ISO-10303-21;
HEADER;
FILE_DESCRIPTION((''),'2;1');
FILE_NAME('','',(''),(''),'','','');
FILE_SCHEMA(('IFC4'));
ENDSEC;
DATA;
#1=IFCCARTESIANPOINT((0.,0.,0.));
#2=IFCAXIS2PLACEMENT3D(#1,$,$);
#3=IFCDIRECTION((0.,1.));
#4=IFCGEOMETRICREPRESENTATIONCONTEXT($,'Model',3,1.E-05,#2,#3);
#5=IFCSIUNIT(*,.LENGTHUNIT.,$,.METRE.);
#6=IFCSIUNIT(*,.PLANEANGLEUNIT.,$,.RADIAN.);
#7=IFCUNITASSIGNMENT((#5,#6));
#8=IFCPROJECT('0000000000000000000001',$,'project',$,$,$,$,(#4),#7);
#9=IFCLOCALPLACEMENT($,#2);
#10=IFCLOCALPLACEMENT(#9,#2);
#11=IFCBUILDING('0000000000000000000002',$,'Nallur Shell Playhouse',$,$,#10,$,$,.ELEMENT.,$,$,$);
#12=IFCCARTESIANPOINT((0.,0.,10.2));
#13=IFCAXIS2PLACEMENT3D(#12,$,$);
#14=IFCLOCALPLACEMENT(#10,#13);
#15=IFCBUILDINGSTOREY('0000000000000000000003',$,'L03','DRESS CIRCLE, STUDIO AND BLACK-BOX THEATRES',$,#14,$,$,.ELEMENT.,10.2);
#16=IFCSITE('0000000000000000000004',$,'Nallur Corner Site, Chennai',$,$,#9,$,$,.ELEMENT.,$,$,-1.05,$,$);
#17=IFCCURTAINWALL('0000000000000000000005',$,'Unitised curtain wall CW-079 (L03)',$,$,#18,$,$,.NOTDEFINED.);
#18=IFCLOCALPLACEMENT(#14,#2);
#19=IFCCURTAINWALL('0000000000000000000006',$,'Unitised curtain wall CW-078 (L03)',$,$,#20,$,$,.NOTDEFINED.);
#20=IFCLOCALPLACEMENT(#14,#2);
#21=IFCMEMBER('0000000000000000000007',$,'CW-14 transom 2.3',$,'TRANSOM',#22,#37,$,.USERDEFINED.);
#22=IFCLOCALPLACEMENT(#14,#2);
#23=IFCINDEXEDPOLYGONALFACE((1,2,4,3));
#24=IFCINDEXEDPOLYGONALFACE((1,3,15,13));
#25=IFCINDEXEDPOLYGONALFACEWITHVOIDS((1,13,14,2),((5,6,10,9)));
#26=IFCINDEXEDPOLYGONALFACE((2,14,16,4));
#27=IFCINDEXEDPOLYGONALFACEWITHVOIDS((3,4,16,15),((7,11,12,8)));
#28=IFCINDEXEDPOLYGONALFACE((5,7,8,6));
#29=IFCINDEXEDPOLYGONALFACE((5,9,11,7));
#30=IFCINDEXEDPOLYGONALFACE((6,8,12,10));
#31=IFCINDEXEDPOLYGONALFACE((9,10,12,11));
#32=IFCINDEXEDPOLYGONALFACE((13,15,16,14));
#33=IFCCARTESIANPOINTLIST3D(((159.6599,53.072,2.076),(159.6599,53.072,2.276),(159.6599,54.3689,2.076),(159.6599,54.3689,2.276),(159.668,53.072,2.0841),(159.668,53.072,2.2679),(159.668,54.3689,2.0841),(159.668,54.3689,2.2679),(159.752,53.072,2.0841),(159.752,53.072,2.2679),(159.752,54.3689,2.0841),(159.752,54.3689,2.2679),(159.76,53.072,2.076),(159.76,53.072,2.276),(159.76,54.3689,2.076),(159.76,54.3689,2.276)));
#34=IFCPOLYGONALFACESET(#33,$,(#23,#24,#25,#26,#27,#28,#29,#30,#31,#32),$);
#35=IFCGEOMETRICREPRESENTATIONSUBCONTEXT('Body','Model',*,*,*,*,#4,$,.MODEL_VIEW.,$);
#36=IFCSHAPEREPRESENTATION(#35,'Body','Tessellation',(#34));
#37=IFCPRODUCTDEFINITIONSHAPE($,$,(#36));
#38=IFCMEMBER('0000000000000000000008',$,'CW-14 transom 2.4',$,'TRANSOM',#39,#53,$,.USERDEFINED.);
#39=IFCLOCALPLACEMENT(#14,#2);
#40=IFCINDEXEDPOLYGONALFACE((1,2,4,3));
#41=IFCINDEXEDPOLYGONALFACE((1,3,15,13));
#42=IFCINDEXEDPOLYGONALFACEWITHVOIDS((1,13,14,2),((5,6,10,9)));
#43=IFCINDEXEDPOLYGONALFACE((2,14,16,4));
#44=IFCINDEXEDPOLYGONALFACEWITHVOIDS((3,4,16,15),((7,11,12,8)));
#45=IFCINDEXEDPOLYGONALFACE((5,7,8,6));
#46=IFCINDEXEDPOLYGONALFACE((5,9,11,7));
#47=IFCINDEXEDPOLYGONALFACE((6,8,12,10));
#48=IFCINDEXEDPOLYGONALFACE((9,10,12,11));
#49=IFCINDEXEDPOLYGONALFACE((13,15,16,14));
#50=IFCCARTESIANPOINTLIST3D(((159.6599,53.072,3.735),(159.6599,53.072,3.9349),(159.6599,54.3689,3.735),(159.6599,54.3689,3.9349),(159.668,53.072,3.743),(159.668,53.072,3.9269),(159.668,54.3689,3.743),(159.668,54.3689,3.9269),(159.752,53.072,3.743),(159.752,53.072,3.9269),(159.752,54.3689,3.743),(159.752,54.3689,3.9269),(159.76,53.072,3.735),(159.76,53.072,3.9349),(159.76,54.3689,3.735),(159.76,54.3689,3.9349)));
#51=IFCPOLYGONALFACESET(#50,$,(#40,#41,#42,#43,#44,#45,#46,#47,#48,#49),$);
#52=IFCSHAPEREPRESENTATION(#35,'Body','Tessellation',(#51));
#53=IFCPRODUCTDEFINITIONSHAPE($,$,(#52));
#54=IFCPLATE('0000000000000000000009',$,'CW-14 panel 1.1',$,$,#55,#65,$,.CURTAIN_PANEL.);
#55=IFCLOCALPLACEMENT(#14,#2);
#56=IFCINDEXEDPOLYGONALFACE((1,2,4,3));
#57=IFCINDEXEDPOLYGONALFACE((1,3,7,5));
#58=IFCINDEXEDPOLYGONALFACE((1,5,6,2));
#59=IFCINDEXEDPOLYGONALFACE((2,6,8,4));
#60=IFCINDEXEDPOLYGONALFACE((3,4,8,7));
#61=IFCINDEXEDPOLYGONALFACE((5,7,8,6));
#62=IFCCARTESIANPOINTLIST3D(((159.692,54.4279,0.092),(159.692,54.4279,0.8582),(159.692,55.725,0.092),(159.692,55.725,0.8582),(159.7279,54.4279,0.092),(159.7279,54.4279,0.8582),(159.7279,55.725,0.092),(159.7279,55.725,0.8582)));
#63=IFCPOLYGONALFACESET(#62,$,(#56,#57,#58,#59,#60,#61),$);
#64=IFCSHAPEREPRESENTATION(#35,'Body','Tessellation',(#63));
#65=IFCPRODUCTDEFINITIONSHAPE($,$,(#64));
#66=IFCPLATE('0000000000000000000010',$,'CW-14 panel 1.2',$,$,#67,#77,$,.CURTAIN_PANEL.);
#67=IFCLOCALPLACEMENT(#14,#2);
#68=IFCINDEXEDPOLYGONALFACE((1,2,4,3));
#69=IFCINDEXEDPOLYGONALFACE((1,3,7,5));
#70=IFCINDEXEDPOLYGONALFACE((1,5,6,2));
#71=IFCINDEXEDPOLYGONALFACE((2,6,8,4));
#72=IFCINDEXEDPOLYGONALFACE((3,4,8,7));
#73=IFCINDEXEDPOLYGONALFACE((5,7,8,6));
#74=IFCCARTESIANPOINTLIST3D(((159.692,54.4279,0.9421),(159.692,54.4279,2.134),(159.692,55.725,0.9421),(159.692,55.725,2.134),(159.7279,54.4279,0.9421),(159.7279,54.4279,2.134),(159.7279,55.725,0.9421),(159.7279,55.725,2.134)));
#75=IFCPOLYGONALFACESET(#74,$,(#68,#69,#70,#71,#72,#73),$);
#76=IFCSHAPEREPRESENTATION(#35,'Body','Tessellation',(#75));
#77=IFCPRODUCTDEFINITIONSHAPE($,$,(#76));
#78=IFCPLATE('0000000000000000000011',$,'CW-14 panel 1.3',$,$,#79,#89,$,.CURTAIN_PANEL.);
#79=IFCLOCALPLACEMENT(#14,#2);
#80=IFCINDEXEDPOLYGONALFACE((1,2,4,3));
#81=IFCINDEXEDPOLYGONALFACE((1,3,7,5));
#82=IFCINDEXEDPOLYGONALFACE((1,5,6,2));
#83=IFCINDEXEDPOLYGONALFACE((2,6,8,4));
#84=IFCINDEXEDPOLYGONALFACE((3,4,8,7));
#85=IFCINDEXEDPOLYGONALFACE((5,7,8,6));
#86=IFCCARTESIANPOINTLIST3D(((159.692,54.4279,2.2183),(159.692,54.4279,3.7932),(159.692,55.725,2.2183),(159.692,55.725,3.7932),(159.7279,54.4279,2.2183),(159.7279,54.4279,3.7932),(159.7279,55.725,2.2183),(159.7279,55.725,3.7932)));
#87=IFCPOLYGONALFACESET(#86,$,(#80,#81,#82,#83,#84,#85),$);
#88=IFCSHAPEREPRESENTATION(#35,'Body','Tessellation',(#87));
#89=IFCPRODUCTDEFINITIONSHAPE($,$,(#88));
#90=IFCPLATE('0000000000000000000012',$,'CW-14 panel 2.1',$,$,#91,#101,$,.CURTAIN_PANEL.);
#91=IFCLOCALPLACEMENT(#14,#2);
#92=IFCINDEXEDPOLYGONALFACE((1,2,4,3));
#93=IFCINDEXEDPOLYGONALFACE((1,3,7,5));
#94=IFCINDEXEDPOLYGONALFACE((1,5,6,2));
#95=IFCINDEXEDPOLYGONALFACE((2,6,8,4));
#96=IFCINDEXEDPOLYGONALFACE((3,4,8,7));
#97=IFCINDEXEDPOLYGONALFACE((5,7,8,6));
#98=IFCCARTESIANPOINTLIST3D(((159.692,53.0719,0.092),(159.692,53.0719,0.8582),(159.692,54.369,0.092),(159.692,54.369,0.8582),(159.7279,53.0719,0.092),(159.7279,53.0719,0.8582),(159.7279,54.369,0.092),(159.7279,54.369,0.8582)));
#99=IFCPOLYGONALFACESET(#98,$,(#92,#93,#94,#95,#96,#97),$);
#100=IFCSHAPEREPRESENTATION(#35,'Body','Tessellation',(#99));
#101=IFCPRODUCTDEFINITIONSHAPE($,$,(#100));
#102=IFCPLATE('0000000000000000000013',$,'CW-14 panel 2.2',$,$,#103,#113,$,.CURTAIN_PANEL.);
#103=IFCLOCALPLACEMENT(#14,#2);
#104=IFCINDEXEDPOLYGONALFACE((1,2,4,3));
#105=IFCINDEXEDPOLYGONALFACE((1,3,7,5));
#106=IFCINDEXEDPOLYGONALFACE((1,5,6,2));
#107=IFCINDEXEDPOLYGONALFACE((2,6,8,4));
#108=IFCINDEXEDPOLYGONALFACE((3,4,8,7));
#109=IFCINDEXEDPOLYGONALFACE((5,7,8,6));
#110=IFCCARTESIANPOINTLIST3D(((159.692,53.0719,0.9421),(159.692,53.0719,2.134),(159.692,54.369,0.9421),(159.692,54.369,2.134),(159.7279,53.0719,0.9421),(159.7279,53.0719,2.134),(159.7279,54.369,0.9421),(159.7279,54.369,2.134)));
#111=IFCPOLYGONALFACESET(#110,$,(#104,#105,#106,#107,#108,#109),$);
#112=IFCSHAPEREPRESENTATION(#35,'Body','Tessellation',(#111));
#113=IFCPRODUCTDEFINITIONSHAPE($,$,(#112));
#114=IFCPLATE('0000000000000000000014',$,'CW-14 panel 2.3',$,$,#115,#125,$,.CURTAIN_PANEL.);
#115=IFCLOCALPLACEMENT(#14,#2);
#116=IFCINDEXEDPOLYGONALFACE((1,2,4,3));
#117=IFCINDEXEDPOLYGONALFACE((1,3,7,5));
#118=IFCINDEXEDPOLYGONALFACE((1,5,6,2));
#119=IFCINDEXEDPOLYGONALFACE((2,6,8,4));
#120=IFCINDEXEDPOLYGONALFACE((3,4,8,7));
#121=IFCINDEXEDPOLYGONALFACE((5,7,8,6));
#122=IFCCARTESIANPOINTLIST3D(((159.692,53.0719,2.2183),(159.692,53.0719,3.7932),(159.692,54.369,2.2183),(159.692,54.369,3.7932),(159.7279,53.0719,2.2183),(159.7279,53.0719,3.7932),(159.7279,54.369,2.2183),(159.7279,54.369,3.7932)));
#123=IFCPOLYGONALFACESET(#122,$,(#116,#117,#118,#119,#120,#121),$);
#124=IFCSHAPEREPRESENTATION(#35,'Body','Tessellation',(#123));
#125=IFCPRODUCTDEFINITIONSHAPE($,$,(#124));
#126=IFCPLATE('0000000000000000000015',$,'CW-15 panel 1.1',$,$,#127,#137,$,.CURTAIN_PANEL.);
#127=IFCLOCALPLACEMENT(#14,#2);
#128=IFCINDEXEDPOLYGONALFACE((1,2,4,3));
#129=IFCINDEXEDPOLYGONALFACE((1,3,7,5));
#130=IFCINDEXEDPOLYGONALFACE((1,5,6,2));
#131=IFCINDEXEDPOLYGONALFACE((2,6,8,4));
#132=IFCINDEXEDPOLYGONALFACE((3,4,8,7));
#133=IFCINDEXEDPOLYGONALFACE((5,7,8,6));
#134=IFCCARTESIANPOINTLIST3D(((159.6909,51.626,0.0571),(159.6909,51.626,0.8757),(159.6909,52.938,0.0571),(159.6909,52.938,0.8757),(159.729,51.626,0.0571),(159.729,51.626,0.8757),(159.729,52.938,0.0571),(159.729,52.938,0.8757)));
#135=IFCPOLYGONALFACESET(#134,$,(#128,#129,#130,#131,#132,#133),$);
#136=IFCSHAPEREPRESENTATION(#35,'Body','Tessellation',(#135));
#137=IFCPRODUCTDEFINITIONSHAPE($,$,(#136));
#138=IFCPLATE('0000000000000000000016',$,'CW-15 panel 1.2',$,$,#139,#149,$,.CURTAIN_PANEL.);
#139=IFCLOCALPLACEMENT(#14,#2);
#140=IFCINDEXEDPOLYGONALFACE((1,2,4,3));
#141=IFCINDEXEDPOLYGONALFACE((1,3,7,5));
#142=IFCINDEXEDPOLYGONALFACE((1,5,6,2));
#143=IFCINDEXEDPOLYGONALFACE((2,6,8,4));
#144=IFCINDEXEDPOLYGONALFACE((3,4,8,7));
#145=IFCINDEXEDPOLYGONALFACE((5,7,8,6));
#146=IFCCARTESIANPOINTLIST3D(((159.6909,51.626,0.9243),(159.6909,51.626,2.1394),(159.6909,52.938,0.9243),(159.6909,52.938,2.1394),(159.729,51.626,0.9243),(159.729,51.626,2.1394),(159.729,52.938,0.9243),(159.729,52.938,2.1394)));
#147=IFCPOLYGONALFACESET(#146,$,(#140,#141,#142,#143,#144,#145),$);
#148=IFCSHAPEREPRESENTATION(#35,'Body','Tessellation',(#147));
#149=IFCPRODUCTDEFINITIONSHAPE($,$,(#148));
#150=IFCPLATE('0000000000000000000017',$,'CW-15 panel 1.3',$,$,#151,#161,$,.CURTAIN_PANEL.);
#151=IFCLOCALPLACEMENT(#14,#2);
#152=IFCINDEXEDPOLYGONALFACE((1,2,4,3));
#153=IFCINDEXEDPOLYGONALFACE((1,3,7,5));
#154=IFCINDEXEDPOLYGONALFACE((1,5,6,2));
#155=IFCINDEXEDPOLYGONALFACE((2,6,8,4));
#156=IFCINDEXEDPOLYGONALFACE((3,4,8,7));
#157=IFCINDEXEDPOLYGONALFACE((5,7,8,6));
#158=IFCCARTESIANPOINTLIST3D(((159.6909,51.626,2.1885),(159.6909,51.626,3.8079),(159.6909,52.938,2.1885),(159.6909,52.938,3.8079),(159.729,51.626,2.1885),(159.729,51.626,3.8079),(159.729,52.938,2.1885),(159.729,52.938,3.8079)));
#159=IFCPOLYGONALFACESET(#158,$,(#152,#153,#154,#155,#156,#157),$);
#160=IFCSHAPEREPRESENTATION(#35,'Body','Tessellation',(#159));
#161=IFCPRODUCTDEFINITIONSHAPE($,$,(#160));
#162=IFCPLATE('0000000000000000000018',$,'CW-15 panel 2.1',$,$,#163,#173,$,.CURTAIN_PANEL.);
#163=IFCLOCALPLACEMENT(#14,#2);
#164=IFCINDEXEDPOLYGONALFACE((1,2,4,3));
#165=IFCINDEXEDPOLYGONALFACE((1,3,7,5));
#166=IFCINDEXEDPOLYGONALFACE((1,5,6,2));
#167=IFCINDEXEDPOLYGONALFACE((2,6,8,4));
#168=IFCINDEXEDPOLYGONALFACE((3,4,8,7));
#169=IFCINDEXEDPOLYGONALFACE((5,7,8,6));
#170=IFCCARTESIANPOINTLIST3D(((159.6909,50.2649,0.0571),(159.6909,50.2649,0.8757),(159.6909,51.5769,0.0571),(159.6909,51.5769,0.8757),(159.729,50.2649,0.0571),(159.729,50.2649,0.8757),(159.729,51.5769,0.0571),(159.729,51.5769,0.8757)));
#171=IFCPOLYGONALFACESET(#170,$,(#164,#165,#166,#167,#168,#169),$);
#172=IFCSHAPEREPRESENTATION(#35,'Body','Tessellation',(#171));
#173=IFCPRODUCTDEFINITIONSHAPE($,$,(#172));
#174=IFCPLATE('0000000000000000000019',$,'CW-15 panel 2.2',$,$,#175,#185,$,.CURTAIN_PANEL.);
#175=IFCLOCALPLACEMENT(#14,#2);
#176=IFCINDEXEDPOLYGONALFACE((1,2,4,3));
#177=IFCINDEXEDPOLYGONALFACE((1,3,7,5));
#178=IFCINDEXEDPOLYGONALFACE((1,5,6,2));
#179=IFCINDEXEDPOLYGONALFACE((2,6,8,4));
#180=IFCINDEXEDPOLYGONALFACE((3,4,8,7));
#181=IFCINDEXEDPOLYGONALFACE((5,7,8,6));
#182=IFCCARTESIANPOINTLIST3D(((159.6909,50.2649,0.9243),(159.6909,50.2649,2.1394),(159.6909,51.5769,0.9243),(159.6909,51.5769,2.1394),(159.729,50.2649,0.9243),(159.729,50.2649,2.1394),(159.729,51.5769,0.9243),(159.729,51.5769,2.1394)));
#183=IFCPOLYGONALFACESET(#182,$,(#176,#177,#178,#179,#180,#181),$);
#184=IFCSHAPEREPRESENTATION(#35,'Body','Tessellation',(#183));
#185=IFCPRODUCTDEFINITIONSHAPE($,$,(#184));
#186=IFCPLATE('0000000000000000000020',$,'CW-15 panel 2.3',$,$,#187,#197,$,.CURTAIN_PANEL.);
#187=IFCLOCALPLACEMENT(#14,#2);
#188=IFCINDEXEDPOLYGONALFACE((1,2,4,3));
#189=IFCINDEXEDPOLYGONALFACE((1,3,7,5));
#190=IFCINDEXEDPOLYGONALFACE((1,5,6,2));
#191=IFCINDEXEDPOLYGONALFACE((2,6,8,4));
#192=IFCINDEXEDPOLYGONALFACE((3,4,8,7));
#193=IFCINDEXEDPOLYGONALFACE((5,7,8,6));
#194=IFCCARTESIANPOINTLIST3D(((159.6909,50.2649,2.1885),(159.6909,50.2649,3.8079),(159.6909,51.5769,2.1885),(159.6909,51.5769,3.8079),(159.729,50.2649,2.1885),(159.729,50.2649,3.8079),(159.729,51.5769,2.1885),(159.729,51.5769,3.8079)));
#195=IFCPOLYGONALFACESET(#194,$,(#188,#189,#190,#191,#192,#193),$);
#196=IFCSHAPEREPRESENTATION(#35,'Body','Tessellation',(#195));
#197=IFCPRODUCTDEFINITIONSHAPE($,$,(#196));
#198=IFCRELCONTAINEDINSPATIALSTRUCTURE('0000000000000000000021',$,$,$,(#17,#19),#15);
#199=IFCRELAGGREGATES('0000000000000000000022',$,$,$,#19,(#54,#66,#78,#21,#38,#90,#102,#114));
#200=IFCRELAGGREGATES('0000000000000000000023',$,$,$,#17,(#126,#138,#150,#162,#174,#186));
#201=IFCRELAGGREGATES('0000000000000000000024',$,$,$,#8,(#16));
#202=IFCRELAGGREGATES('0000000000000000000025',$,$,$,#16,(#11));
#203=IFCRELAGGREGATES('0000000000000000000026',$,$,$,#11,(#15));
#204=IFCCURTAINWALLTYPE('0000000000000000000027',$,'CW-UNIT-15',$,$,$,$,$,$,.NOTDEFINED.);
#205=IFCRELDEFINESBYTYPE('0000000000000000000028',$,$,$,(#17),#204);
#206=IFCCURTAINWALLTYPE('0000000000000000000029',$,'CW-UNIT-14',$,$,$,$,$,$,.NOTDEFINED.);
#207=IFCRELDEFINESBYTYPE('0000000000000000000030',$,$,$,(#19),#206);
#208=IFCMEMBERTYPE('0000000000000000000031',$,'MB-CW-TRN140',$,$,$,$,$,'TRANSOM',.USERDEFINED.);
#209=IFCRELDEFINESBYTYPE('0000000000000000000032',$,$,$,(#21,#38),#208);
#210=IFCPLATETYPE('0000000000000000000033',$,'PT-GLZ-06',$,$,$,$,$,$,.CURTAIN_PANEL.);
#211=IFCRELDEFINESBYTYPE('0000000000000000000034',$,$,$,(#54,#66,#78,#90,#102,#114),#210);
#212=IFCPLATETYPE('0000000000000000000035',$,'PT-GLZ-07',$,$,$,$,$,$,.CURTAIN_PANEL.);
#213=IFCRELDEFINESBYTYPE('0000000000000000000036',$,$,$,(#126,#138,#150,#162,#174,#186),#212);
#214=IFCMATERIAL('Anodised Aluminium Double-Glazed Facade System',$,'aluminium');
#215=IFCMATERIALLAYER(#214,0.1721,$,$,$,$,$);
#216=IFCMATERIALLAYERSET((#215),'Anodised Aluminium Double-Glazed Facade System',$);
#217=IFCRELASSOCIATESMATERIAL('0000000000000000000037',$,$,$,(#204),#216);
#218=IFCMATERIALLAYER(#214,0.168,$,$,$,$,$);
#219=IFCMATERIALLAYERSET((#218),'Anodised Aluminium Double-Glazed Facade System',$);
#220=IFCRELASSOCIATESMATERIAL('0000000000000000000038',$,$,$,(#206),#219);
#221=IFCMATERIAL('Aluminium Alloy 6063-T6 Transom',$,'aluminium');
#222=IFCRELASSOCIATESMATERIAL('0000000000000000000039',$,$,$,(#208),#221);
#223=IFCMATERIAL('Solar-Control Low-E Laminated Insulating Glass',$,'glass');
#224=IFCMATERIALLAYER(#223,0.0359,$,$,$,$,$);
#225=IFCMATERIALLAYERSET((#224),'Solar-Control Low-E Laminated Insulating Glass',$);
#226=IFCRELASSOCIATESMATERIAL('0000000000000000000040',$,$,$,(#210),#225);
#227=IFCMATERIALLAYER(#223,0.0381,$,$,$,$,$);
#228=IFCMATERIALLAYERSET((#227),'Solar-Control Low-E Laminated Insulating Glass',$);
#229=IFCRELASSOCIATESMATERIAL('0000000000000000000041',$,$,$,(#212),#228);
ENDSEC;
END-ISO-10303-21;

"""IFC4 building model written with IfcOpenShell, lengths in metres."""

from ifc_helpers import new_model, si_unit, direction, frame, origin, origin_2d, place, context, subcontext, project, spatial, rectangle, hollow_rectangle, extrude, material, layer, layer_set, material_profile, profile_set, type_object, element, aggregate, save


model = new_model("IFC4")

# Units and contexts
model_context = context("Model", 3, precision=1e-05, world=origin(), true_north=direction((0.0, 1.0)))
body_context = subcontext(model_context, "Body", "Model", "MODEL_VIEW")
ifc_project = project(units=[si_unit("LENGTHUNIT", "METRE"), si_unit("PLANEANGLEUNIT", "RADIAN")], contexts=[model_context])

# Site, building, storey
site_placement = place(None, origin())
site = spatial("IfcSite", under=ifc_project, at=site_placement, Name="Nallur Corner Site, Chennai", CompositionType="ELEMENT", RefElevation=-1.05)
building_placement = place(site_placement, origin())
building = spatial("IfcBuilding", under=site, at=building_placement, Name="Nallur Shell Playhouse", CompositionType="ELEMENT")
storey_placement = place(building_placement, frame((0.0, 0.0, 10.2)))
storey = spatial("IfcBuildingStorey", under=building, at=storey_placement, Name="L03", Description="DRESS CIRCLE, STUDIO AND BLACK-BOX THEATRES", CompositionType="ELEMENT", Elevation=10.2)

# Curtain walls
ifc_material_1 = material(Name="Anodised Aluminium Double-Glazed Facade System", Category="aluminium")
ifc_layer_1 = layer(ifc_material_1, 0.1721)
ifc_layer_set_1 = layer_set([ifc_layer_1], Name="Anodised Aluminium Double-Glazed Facade System")
curtain_wall_type_1 = type_object("IfcCurtainWallType", Name="CW-UNIT-15", PredefinedType="NOTDEFINED", material=ifc_layer_set_1)
curtain_wall_1_placement = place(storey_placement, origin())
curtain_wall_1 = element("IfcCurtainWall", 1, at=curtain_wall_1_placement, inside=storey, type_object=curtain_wall_type_1, Name="Unitised curtain wall CW-079 (L03)", PredefinedType="NOTDEFINED")
ifc_layer_2 = layer(ifc_material_1, 0.168)
ifc_layer_set_2 = layer_set([ifc_layer_2], Name="Anodised Aluminium Double-Glazed Facade System")
curtain_wall_type_2 = type_object("IfcCurtainWallType", Name="CW-UNIT-14", PredefinedType="NOTDEFINED", material=ifc_layer_set_2)
curtain_wall_2_placement = place(storey_placement, origin())
curtain_wall_2 = element("IfcCurtainWall", 2, at=curtain_wall_2_placement, inside=storey, type_object=curtain_wall_type_2, Name="Unitised curtain wall CW-078 (L03)", PredefinedType="NOTDEFINED")

# Members
ifc_material_2 = material(Name="Aluminium Alloy 6063-T6 Transom", Category="aluminium")
ifc_material_profile_1 = material_profile(ifc_material_2, hollow_rectangle(XDim=0.1001, YDim=0.2, WallThickness=0.0081, at=origin_2d()), Name="RHS 200x100x8")
ifc_profile_set_1 = profile_set([ifc_material_profile_1], Name="Aluminium Alloy 6063-T6 Transom")
member_type_1 = type_object("IfcMemberType", Name="MB-CW-TRN140", ElementType="TRANSOM", PredefinedType="USERDEFINED", material=ifc_profile_set_1)
member_1_placement = place(storey_placement, frame((159.71, 54.3689, 2.176), z_axis=(0.0, -1.0, 0.0), x_axis=(1.0, 0.0, 0.0)))
member_1 = element("IfcMember", 3, at=member_1_placement, type_object=member_type_1, Name="CW-14 transom 2.3", ObjectType="TRANSOM", PredefinedType="USERDEFINED", context=body_context, shape_type="SweptSolid", body=[
    extrude(hollow_rectangle(XDim=0.1001, YDim=0.2, WallThickness=0.0081, at=origin_2d()), origin(), (0.0, 0.0, 1.0), 1.2969),
])
member_2_placement = place(storey_placement, frame((159.71, 54.3689, 3.835), z_axis=(0.0, -1.0, 0.0), x_axis=(1.0, 0.0, 0.0)))
member_2 = element("IfcMember", 4, at=member_2_placement, type_object=member_type_1, Name="CW-14 transom 2.4", ObjectType="TRANSOM", PredefinedType="USERDEFINED", context=body_context, shape_type="SweptSolid", body=[
    extrude(hollow_rectangle(XDim=0.1001, YDim=0.2, WallThickness=0.0081, at=origin_2d()), origin(), (0.0, 0.0, 1.0), 1.2969),
])

# Plates
ifc_material_3 = material(Name="Solar-Control Low-E Laminated Insulating Glass", Category="glass")
ifc_layer_3 = layer(ifc_material_3, 0.0359)
ifc_layer_set_3 = layer_set([ifc_layer_3], Name="Solar-Control Low-E Laminated Insulating Glass")
plate_type_1 = type_object("IfcPlateType", Name="PT-GLZ-06", PredefinedType="CURTAIN_PANEL", material=ifc_layer_set_3)
plate_1_placement = place(storey_placement, frame((159.71, 55.0764, 0.092), z_axis=(0.0, 0.0, 1.0), x_axis=(0.0, -1.0, 0.0)))
plate_1 = element("IfcPlate", 5, at=plate_1_placement, type_object=plate_type_1, Name="CW-14 panel 1.1", PredefinedType="CURTAIN_PANEL", context=body_context, shape_type="SweptSolid", body=[
    extrude(rectangle(XDim=1.2971, YDim=0.0359, at=origin_2d()), origin(), (0.0, 0.0, 1.0), 0.7661),
])
plate_2_placement = place(storey_placement, frame((159.71, 55.0764, 0.9421), z_axis=(0.0, 0.0, 1.0), x_axis=(0.0, -1.0, 0.0)))
plate_2 = element("IfcPlate", 6, at=plate_2_placement, type_object=plate_type_1, Name="CW-14 panel 1.2", PredefinedType="CURTAIN_PANEL", context=body_context, shape_type="SweptSolid", body=[
    extrude(rectangle(XDim=1.2971, YDim=0.0359, at=origin_2d()), origin(), (0.0, 0.0, 1.0), 1.1919),
])
plate_3_placement = place(storey_placement, frame((159.71, 55.0764, 2.2183), z_axis=(0.0, 0.0, 1.0), x_axis=(0.0, -1.0, 0.0)))
plate_3 = element("IfcPlate", 7, at=plate_3_placement, type_object=plate_type_1, Name="CW-14 panel 1.3", PredefinedType="CURTAIN_PANEL", context=body_context, shape_type="SweptSolid", body=[
    extrude(rectangle(XDim=1.2971, YDim=0.0359, at=origin_2d()), origin(), (0.0, 0.0, 1.0), 1.575),
])
plate_4_placement = place(storey_placement, frame((159.71, 53.7205, 0.092), z_axis=(0.0, 0.0, 1.0), x_axis=(0.0, -1.0, 0.0)))
plate_4 = element("IfcPlate", 8, at=plate_4_placement, type_object=plate_type_1, Name="CW-14 panel 2.1", PredefinedType="CURTAIN_PANEL", context=body_context, shape_type="SweptSolid", body=[
    extrude(rectangle(XDim=1.2971, YDim=0.0359, at=origin_2d()), origin(), (0.0, 0.0, 1.0), 0.7661),
])
plate_5_placement = place(storey_placement, frame((159.71, 53.7205, 0.9421), z_axis=(0.0, 0.0, 1.0), x_axis=(0.0, -1.0, 0.0)))
plate_5 = element("IfcPlate", 9, at=plate_5_placement, type_object=plate_type_1, Name="CW-14 panel 2.2", PredefinedType="CURTAIN_PANEL", context=body_context, shape_type="SweptSolid", body=[
    extrude(rectangle(XDim=1.2971, YDim=0.0359, at=origin_2d()), origin(), (0.0, 0.0, 1.0), 1.1919),
])
plate_6_placement = place(storey_placement, frame((159.71, 53.7205, 2.2183), z_axis=(0.0, 0.0, 1.0), x_axis=(0.0, -1.0, 0.0)))
plate_6 = element("IfcPlate", 10, at=plate_6_placement, type_object=plate_type_1, Name="CW-14 panel 2.3", PredefinedType="CURTAIN_PANEL", context=body_context, shape_type="SweptSolid", body=[
    extrude(rectangle(XDim=1.2971, YDim=0.0359, at=origin_2d()), origin(), (0.0, 0.0, 1.0), 1.575),
])
aggregate(curtain_wall_2, [plate_1, plate_2, plate_3, member_1, member_2, plate_4, plate_5, plate_6])
ifc_layer_4 = layer(ifc_material_3, 0.0381)
ifc_layer_set_4 = layer_set([ifc_layer_4], Name="Solar-Control Low-E Laminated Insulating Glass")
plate_type_2 = type_object("IfcPlateType", Name="PT-GLZ-07", PredefinedType="CURTAIN_PANEL", material=ifc_layer_set_4)
plate_7_placement = place(storey_placement, frame((159.71, 52.282, 0.0571), z_axis=(0.0, 0.0, 1.0), x_axis=(0.0, -1.0, 0.0)))
plate_7 = element("IfcPlate", 11, at=plate_7_placement, type_object=plate_type_2, Name="CW-15 panel 1.1", PredefinedType="CURTAIN_PANEL", context=body_context, shape_type="SweptSolid", body=[
    extrude(rectangle(XDim=1.312, YDim=0.0381, at=origin_2d()), origin(), (0.0, 0.0, 1.0), 0.8186),
])
plate_8_placement = place(storey_placement, frame((159.71, 52.282, 0.9243), z_axis=(0.0, 0.0, 1.0), x_axis=(0.0, -1.0, 0.0)))
plate_8 = element("IfcPlate", 12, at=plate_8_placement, type_object=plate_type_2, Name="CW-15 panel 1.2", PredefinedType="CURTAIN_PANEL", context=body_context, shape_type="SweptSolid", body=[
    extrude(rectangle(XDim=1.312, YDim=0.0381, at=origin_2d()), origin(), (0.0, 0.0, 1.0), 1.2151),
])
plate_9_placement = place(storey_placement, frame((159.71, 52.282, 2.1885), z_axis=(0.0, 0.0, 1.0), x_axis=(0.0, -1.0, 0.0)))
plate_9 = element("IfcPlate", 13, at=plate_9_placement, type_object=plate_type_2, Name="CW-15 panel 1.3", PredefinedType="CURTAIN_PANEL", context=body_context, shape_type="SweptSolid", body=[
    extrude(rectangle(XDim=1.312, YDim=0.0381, at=origin_2d()), origin(), (0.0, 0.0, 1.0), 1.6194),
])
plate_10_placement = place(storey_placement, frame((159.71, 50.9209, 0.0571), z_axis=(0.0, 0.0, 1.0), x_axis=(0.0, -1.0, 0.0)))
plate_10 = element("IfcPlate", 14, at=plate_10_placement, type_object=plate_type_2, Name="CW-15 panel 2.1", PredefinedType="CURTAIN_PANEL", context=body_context, shape_type="SweptSolid", body=[
    extrude(rectangle(XDim=1.312, YDim=0.0381, at=origin_2d()), origin(), (0.0, 0.0, 1.0), 0.8186),
])
plate_11_placement = place(storey_placement, frame((159.71, 50.9209, 0.9243), z_axis=(0.0, 0.0, 1.0), x_axis=(0.0, -1.0, 0.0)))
plate_11 = element("IfcPlate", 15, at=plate_11_placement, type_object=plate_type_2, Name="CW-15 panel 2.2", PredefinedType="CURTAIN_PANEL", context=body_context, shape_type="SweptSolid", body=[
    extrude(rectangle(XDim=1.312, YDim=0.0381, at=origin_2d()), origin(), (0.0, 0.0, 1.0), 1.2151),
])
plate_12_placement = place(storey_placement, frame((159.71, 50.9209, 2.1885), z_axis=(0.0, 0.0, 1.0), x_axis=(0.0, -1.0, 0.0)))
plate_12 = element("IfcPlate", 16, at=plate_12_placement, type_object=plate_type_2, Name="CW-15 panel 2.3", PredefinedType="CURTAIN_PANEL", context=body_context, shape_type="SweptSolid", body=[
    extrude(rectangle(XDim=1.312, YDim=0.0381, at=origin_2d()), origin(), (0.0, 0.0, 1.0), 1.6194),
])
aggregate(curtain_wall_1, [plate_7, plate_8, plate_9, plate_10, plate_11, plate_12])

save(model, "model.ifc")
